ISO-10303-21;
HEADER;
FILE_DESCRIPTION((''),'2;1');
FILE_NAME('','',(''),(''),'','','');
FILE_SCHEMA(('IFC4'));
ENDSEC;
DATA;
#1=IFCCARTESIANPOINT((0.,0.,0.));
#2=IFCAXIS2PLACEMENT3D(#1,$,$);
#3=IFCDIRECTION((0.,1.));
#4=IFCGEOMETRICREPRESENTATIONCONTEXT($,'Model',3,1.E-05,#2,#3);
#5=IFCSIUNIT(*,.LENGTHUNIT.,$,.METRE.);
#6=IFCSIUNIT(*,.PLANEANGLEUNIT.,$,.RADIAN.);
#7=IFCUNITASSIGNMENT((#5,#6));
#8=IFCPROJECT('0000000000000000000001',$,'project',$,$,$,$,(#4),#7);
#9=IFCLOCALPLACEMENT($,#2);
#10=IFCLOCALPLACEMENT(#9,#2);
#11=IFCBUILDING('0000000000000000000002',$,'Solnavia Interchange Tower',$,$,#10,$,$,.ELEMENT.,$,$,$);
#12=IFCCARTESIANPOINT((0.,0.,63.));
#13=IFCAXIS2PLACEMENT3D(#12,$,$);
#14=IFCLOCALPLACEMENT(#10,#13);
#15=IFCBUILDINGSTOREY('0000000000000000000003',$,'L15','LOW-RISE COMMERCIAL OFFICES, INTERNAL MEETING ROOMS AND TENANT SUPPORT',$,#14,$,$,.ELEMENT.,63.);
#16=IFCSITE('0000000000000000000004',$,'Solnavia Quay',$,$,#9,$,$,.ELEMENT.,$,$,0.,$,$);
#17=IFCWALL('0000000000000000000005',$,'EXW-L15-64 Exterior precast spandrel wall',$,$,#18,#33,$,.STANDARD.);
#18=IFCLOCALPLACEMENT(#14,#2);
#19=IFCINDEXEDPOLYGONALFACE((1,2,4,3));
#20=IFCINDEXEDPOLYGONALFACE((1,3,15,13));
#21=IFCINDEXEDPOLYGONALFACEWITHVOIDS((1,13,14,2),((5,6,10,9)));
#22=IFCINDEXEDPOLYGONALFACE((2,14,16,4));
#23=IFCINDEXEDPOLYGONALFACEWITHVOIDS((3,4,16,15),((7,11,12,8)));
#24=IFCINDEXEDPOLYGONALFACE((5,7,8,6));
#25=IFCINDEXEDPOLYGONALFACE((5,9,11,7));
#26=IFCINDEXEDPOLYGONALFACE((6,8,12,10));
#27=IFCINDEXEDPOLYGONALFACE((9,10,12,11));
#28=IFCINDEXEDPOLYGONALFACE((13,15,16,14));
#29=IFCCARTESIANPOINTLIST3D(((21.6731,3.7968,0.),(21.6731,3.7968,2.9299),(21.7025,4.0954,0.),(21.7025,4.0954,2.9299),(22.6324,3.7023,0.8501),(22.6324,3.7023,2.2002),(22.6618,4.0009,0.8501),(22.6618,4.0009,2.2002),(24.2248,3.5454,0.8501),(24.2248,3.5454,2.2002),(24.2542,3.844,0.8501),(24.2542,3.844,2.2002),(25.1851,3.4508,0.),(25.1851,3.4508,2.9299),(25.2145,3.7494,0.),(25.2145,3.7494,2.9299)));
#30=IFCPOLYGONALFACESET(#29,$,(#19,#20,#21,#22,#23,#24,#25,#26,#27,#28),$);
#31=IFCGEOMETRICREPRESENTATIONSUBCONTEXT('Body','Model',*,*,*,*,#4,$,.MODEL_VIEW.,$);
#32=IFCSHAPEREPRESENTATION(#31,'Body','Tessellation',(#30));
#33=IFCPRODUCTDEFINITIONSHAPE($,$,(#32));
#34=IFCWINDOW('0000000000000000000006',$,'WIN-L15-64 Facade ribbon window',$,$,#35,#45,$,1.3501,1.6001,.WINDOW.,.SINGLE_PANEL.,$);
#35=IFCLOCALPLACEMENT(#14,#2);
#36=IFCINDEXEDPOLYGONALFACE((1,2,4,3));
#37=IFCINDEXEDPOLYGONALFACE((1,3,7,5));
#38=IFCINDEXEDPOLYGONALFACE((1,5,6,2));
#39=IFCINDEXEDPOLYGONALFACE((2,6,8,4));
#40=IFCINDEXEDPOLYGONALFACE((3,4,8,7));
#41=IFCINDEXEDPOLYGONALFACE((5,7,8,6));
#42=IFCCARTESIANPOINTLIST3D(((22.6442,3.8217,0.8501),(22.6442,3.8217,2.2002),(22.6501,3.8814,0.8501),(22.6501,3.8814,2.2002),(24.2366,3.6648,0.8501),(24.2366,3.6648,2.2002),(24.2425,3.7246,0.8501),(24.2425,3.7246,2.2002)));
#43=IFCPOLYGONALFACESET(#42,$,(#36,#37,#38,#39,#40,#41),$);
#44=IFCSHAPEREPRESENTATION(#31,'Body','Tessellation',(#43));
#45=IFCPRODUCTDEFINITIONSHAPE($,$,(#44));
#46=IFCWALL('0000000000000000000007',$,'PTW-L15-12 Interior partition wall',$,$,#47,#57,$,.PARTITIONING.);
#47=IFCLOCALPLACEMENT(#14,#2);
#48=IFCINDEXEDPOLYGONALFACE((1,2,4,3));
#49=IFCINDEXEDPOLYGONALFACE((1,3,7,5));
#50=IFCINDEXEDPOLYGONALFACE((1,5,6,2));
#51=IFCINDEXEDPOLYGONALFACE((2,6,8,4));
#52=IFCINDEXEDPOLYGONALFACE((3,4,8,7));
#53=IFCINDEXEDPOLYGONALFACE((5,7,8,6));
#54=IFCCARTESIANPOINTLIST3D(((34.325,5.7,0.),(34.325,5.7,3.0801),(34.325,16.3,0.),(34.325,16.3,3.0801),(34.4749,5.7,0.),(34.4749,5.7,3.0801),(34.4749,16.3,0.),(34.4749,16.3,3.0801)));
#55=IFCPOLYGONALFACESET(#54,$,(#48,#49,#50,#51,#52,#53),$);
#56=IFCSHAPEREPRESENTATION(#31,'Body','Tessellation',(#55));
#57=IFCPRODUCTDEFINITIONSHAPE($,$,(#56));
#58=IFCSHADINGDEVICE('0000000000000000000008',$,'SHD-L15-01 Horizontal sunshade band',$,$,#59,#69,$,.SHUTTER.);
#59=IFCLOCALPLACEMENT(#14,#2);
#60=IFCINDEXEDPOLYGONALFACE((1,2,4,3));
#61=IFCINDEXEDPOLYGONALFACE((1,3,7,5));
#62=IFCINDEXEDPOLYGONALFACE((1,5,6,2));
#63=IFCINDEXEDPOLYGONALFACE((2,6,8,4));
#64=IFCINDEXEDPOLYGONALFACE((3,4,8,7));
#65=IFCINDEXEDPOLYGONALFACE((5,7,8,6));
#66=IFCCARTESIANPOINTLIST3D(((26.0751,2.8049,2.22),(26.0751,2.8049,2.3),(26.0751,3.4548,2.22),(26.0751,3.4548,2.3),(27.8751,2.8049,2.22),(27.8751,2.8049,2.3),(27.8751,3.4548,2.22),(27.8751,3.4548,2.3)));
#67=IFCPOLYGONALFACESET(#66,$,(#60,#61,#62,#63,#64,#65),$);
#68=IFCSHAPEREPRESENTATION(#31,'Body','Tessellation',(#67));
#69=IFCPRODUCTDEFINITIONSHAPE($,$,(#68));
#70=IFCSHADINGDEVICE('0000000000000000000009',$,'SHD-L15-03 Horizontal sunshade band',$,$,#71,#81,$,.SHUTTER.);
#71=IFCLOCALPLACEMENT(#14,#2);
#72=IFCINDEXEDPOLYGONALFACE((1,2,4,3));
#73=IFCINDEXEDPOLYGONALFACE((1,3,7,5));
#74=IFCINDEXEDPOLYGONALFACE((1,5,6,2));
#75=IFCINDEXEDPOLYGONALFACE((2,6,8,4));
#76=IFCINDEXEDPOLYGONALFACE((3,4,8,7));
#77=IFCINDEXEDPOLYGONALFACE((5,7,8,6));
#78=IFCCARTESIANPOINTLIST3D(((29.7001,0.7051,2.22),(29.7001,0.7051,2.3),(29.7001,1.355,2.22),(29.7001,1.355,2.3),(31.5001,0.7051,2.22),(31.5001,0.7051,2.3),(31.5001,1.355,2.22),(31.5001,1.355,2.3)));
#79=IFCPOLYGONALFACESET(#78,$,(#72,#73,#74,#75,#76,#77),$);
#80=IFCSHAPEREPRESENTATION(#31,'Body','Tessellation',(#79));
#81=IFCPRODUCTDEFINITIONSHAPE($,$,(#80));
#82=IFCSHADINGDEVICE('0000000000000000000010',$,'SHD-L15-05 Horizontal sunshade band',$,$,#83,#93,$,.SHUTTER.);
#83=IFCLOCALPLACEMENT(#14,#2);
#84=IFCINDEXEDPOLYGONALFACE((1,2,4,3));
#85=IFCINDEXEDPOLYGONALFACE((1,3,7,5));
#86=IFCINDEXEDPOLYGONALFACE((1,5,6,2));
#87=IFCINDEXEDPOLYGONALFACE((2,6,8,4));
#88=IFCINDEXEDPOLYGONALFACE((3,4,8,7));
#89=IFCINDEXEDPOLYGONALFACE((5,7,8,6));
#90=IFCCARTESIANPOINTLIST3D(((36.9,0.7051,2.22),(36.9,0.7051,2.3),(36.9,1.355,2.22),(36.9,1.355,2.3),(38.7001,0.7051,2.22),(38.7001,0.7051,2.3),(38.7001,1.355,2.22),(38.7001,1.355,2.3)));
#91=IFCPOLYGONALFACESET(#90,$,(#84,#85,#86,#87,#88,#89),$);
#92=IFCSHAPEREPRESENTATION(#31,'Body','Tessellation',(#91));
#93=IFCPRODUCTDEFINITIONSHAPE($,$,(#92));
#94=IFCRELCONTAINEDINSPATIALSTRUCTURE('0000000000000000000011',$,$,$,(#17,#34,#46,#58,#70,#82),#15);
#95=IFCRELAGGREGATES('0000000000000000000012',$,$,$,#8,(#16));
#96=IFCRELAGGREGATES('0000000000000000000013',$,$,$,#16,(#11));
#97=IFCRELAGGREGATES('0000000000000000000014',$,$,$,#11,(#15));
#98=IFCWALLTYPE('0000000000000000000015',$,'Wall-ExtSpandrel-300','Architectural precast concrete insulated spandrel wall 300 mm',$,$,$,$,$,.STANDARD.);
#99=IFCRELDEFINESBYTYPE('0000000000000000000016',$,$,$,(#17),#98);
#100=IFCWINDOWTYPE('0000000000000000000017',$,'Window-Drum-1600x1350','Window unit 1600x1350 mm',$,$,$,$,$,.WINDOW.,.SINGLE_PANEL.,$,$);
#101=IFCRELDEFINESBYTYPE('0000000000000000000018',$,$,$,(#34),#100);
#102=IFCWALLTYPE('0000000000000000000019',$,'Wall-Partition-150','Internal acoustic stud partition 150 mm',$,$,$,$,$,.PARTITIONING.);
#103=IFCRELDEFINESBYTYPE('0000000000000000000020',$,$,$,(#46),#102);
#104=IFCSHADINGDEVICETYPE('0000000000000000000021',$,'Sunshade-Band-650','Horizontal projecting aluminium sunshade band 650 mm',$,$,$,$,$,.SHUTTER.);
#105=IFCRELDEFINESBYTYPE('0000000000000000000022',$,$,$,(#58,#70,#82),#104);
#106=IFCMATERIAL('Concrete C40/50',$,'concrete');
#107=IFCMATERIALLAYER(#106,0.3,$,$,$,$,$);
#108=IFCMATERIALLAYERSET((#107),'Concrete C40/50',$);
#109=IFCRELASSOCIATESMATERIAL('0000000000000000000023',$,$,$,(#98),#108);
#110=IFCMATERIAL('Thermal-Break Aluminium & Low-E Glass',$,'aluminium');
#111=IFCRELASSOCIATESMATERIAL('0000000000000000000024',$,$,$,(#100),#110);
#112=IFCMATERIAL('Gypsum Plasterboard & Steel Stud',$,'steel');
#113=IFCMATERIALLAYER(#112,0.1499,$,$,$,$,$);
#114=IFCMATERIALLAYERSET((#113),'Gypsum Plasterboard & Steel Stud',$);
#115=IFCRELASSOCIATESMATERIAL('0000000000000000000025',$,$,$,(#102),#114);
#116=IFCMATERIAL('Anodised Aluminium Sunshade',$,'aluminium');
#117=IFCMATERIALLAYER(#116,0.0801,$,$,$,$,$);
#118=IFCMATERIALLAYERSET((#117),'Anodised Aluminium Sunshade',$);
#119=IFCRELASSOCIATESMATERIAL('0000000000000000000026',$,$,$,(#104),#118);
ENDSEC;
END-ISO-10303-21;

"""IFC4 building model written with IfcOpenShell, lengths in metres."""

from ifc_helpers import new_model, si_unit, direction, frame, frame_2d, origin, origin_2d, place, context, subcontext, project, spatial, rectangle, extrude, material, layer, layer_set, type_object, element, fill, save


model = new_model("IFC4")

# Units and contexts
model_context = context("Model", 3, precision=1e-05, world=origin(), true_north=direction((0.0, 1.0)))
body_context = subcontext(model_context, "Body", "Model", "MODEL_VIEW")
ifc_project = project(units=[si_unit("LENGTHUNIT", "METRE"), si_unit("PLANEANGLEUNIT", "RADIAN")], contexts=[model_context])

# Site, building, storey
site_placement = place(None, origin())
site = spatial("IfcSite", under=ifc_project, at=site_placement, Name="Solnavia Quay", CompositionType="ELEMENT", RefElevation=0.0)
building_placement = place(site_placement, origin())
building = spatial("IfcBuilding", under=site, at=building_placement, Name="Solnavia Interchange Tower", CompositionType="ELEMENT")
storey_placement = place(building_placement, frame((0.0, 0.0, 63.0)))
storey = spatial("IfcBuildingStorey", under=building, at=storey_placement, Name="L15", Description="LOW-RISE COMMERCIAL OFFICES, INTERNAL MEETING ROOMS AND TENANT SUPPORT", CompositionType="ELEMENT", Elevation=63.0)

# Shared definitions
ifc_material_1 = material(Name="Concrete C40/50", Category="concrete")
ifc_layer_1 = layer(ifc_material_1, 0.3)
ifc_layer_set_1 = layer_set([ifc_layer_1], Name="Concrete C40/50")
wall_type_1 = type_object("IfcWallType", Name="Wall-ExtSpandrel-300", Description="Architectural precast concrete insulated spandrel wall 300 mm", PredefinedType="STANDARD", material=ifc_layer_set_1)
ifc_material_2 = material(Name="Thermal-Break Aluminium & Low-E Glass", Category="aluminium")

# Wall, opening, window
wall_1_placement = place(storey_placement, frame((25.2, 3.6001, 0.0), z_axis=(0.0, 0.0, 1.0), x_axis=(-0.995183, 0.098031, 0.0)))
wall_1 = element("IfcWall", 1, at=wall_1_placement, inside=storey, type_object=wall_type_1, Name="EXW-L15-64 Exterior precast spandrel wall", PredefinedType="STANDARD", context=body_context, shape_type="SweptSolid", body=[
    extrude(rectangle(XDim=3.5291, YDim=0.3, at=frame_2d((1.7646, 0.0))), origin(), (0.0, 0.0, 1.0), 2.9299),
])
opening_1_placement = place(wall_1_placement, frame((0.9651, 0.0, 0.8501)))
opening_1 = element("IfcOpeningElement", 2, at=opening_1_placement, cuts=wall_1, PredefinedType="OPENING", context=body_context, shape_type="SweptSolid", body=[
    extrude(rectangle(XDim=1.6001, YDim=1.3501, at=frame_2d((0.8, 0.675))), frame((0.0, 0.1602, 0.0), z_axis=(0.0, -1.0, 0.0), x_axis=(1.0, 0.0, 0.0)), (0.0, 0.0, 1.0), 0.3201),
])
window_type_1 = type_object("IfcWindowType", Name="Window-Drum-1600x1350", Description="Window unit 1600x1350 mm", PartitioningType="SINGLE_PANEL", PredefinedType="WINDOW", material=ifc_material_2)
window_1_placement = place(opening_1_placement, origin())
window_1 = element("IfcWindow", 3, at=window_1_placement, inside=storey, type_object=window_type_1, Name="WIN-L15-64 Facade ribbon window", OverallHeight=1.3501, OverallWidth=1.6001, PartitioningType="SINGLE_PANEL", PredefinedType="WINDOW", context=body_context, shape_type="SweptSolid", body=[
    extrude(rectangle(XDim=1.6001, YDim=1.3501, at=frame_2d((0.8, 0.675))), frame((0.0, 0.03, 0.0), z_axis=(0.0, -1.0, 0.0), x_axis=(1.0, 0.0, 0.0)), (0.0, 0.0, 1.0), 0.0601),
])
fill(opening_1, window_1)

# Wall
ifc_material_3 = material(Name="Gypsum Plasterboard & Steel Stud", Category="steel")
ifc_layer_2 = layer(ifc_material_3, 0.1499)
ifc_layer_set_2 = layer_set([ifc_layer_2], Name="Gypsum Plasterboard & Steel Stud")
wall_type_2 = type_object("IfcWallType", Name="Wall-Partition-150", Description="Internal acoustic stud partition 150 mm", PredefinedType="PARTITIONING", material=ifc_layer_set_2)
wall_2_placement = place(storey_placement, frame((34.3999, 5.7, 0.0), z_axis=(0.0, 0.0, 1.0), x_axis=(0.0, 1.0, 0.0)))
element("IfcWall", 4, at=wall_2_placement, inside=storey, type_object=wall_type_2, Name="PTW-L15-12 Interior partition wall", PredefinedType="PARTITIONING", context=body_context, shape_type="SweptSolid", body=[
    extrude(rectangle(XDim=10.6001, YDim=0.1499, at=frame_2d((5.3, 0.0))), origin(), (0.0, 0.0, 1.0), 3.0801),
])

# Shading devices
ifc_material_4 = material(Name="Anodised Aluminium Sunshade", Category="aluminium")
ifc_layer_3 = layer(ifc_material_4, 0.0801)
ifc_layer_set_3 = layer_set([ifc_layer_3], Name="Anodised Aluminium Sunshade")
shading_device_type = type_object("IfcShadingDeviceType", Name="Sunshade-Band-650", Description="Horizontal projecting aluminium sunshade band 650 mm", PredefinedType="SHUTTER", material=ifc_layer_set_3)
for number, where, z_axis, x_axis, name in (
    (5, (26.9751, 3.1299, 2.22), (0.0, 0.0, 1.0), (-1.0, 0.0, 0.0), "SHD-L15-01 Horizontal sunshade band"),
    (6, (30.6001, 1.03, 2.22), (0.0, 0.0, 1.0), (-1.0, 0.0, 0.0), "SHD-L15-03 Horizontal sunshade band"),
    (7, (37.8, 1.03, 2.22), (0.0, 0.0, 1.0), (-1.0, 0.0, 0.0), "SHD-L15-05 Horizontal sunshade band"),
):
    element("IfcShadingDevice", number, at=place(storey_placement, frame(where, z_axis=z_axis, x_axis=x_axis)), inside=storey, type_object=shading_device_type, Name=name, PredefinedType="SHUTTER", context=body_context, shape_type="SweptSolid", body=[
        extrude(rectangle(XDim=1.8, YDim=0.6499, at=origin_2d()), origin(), (0.0, 0.0, 1.0), 0.0801),
    ])

save(model, "model.ifc")
